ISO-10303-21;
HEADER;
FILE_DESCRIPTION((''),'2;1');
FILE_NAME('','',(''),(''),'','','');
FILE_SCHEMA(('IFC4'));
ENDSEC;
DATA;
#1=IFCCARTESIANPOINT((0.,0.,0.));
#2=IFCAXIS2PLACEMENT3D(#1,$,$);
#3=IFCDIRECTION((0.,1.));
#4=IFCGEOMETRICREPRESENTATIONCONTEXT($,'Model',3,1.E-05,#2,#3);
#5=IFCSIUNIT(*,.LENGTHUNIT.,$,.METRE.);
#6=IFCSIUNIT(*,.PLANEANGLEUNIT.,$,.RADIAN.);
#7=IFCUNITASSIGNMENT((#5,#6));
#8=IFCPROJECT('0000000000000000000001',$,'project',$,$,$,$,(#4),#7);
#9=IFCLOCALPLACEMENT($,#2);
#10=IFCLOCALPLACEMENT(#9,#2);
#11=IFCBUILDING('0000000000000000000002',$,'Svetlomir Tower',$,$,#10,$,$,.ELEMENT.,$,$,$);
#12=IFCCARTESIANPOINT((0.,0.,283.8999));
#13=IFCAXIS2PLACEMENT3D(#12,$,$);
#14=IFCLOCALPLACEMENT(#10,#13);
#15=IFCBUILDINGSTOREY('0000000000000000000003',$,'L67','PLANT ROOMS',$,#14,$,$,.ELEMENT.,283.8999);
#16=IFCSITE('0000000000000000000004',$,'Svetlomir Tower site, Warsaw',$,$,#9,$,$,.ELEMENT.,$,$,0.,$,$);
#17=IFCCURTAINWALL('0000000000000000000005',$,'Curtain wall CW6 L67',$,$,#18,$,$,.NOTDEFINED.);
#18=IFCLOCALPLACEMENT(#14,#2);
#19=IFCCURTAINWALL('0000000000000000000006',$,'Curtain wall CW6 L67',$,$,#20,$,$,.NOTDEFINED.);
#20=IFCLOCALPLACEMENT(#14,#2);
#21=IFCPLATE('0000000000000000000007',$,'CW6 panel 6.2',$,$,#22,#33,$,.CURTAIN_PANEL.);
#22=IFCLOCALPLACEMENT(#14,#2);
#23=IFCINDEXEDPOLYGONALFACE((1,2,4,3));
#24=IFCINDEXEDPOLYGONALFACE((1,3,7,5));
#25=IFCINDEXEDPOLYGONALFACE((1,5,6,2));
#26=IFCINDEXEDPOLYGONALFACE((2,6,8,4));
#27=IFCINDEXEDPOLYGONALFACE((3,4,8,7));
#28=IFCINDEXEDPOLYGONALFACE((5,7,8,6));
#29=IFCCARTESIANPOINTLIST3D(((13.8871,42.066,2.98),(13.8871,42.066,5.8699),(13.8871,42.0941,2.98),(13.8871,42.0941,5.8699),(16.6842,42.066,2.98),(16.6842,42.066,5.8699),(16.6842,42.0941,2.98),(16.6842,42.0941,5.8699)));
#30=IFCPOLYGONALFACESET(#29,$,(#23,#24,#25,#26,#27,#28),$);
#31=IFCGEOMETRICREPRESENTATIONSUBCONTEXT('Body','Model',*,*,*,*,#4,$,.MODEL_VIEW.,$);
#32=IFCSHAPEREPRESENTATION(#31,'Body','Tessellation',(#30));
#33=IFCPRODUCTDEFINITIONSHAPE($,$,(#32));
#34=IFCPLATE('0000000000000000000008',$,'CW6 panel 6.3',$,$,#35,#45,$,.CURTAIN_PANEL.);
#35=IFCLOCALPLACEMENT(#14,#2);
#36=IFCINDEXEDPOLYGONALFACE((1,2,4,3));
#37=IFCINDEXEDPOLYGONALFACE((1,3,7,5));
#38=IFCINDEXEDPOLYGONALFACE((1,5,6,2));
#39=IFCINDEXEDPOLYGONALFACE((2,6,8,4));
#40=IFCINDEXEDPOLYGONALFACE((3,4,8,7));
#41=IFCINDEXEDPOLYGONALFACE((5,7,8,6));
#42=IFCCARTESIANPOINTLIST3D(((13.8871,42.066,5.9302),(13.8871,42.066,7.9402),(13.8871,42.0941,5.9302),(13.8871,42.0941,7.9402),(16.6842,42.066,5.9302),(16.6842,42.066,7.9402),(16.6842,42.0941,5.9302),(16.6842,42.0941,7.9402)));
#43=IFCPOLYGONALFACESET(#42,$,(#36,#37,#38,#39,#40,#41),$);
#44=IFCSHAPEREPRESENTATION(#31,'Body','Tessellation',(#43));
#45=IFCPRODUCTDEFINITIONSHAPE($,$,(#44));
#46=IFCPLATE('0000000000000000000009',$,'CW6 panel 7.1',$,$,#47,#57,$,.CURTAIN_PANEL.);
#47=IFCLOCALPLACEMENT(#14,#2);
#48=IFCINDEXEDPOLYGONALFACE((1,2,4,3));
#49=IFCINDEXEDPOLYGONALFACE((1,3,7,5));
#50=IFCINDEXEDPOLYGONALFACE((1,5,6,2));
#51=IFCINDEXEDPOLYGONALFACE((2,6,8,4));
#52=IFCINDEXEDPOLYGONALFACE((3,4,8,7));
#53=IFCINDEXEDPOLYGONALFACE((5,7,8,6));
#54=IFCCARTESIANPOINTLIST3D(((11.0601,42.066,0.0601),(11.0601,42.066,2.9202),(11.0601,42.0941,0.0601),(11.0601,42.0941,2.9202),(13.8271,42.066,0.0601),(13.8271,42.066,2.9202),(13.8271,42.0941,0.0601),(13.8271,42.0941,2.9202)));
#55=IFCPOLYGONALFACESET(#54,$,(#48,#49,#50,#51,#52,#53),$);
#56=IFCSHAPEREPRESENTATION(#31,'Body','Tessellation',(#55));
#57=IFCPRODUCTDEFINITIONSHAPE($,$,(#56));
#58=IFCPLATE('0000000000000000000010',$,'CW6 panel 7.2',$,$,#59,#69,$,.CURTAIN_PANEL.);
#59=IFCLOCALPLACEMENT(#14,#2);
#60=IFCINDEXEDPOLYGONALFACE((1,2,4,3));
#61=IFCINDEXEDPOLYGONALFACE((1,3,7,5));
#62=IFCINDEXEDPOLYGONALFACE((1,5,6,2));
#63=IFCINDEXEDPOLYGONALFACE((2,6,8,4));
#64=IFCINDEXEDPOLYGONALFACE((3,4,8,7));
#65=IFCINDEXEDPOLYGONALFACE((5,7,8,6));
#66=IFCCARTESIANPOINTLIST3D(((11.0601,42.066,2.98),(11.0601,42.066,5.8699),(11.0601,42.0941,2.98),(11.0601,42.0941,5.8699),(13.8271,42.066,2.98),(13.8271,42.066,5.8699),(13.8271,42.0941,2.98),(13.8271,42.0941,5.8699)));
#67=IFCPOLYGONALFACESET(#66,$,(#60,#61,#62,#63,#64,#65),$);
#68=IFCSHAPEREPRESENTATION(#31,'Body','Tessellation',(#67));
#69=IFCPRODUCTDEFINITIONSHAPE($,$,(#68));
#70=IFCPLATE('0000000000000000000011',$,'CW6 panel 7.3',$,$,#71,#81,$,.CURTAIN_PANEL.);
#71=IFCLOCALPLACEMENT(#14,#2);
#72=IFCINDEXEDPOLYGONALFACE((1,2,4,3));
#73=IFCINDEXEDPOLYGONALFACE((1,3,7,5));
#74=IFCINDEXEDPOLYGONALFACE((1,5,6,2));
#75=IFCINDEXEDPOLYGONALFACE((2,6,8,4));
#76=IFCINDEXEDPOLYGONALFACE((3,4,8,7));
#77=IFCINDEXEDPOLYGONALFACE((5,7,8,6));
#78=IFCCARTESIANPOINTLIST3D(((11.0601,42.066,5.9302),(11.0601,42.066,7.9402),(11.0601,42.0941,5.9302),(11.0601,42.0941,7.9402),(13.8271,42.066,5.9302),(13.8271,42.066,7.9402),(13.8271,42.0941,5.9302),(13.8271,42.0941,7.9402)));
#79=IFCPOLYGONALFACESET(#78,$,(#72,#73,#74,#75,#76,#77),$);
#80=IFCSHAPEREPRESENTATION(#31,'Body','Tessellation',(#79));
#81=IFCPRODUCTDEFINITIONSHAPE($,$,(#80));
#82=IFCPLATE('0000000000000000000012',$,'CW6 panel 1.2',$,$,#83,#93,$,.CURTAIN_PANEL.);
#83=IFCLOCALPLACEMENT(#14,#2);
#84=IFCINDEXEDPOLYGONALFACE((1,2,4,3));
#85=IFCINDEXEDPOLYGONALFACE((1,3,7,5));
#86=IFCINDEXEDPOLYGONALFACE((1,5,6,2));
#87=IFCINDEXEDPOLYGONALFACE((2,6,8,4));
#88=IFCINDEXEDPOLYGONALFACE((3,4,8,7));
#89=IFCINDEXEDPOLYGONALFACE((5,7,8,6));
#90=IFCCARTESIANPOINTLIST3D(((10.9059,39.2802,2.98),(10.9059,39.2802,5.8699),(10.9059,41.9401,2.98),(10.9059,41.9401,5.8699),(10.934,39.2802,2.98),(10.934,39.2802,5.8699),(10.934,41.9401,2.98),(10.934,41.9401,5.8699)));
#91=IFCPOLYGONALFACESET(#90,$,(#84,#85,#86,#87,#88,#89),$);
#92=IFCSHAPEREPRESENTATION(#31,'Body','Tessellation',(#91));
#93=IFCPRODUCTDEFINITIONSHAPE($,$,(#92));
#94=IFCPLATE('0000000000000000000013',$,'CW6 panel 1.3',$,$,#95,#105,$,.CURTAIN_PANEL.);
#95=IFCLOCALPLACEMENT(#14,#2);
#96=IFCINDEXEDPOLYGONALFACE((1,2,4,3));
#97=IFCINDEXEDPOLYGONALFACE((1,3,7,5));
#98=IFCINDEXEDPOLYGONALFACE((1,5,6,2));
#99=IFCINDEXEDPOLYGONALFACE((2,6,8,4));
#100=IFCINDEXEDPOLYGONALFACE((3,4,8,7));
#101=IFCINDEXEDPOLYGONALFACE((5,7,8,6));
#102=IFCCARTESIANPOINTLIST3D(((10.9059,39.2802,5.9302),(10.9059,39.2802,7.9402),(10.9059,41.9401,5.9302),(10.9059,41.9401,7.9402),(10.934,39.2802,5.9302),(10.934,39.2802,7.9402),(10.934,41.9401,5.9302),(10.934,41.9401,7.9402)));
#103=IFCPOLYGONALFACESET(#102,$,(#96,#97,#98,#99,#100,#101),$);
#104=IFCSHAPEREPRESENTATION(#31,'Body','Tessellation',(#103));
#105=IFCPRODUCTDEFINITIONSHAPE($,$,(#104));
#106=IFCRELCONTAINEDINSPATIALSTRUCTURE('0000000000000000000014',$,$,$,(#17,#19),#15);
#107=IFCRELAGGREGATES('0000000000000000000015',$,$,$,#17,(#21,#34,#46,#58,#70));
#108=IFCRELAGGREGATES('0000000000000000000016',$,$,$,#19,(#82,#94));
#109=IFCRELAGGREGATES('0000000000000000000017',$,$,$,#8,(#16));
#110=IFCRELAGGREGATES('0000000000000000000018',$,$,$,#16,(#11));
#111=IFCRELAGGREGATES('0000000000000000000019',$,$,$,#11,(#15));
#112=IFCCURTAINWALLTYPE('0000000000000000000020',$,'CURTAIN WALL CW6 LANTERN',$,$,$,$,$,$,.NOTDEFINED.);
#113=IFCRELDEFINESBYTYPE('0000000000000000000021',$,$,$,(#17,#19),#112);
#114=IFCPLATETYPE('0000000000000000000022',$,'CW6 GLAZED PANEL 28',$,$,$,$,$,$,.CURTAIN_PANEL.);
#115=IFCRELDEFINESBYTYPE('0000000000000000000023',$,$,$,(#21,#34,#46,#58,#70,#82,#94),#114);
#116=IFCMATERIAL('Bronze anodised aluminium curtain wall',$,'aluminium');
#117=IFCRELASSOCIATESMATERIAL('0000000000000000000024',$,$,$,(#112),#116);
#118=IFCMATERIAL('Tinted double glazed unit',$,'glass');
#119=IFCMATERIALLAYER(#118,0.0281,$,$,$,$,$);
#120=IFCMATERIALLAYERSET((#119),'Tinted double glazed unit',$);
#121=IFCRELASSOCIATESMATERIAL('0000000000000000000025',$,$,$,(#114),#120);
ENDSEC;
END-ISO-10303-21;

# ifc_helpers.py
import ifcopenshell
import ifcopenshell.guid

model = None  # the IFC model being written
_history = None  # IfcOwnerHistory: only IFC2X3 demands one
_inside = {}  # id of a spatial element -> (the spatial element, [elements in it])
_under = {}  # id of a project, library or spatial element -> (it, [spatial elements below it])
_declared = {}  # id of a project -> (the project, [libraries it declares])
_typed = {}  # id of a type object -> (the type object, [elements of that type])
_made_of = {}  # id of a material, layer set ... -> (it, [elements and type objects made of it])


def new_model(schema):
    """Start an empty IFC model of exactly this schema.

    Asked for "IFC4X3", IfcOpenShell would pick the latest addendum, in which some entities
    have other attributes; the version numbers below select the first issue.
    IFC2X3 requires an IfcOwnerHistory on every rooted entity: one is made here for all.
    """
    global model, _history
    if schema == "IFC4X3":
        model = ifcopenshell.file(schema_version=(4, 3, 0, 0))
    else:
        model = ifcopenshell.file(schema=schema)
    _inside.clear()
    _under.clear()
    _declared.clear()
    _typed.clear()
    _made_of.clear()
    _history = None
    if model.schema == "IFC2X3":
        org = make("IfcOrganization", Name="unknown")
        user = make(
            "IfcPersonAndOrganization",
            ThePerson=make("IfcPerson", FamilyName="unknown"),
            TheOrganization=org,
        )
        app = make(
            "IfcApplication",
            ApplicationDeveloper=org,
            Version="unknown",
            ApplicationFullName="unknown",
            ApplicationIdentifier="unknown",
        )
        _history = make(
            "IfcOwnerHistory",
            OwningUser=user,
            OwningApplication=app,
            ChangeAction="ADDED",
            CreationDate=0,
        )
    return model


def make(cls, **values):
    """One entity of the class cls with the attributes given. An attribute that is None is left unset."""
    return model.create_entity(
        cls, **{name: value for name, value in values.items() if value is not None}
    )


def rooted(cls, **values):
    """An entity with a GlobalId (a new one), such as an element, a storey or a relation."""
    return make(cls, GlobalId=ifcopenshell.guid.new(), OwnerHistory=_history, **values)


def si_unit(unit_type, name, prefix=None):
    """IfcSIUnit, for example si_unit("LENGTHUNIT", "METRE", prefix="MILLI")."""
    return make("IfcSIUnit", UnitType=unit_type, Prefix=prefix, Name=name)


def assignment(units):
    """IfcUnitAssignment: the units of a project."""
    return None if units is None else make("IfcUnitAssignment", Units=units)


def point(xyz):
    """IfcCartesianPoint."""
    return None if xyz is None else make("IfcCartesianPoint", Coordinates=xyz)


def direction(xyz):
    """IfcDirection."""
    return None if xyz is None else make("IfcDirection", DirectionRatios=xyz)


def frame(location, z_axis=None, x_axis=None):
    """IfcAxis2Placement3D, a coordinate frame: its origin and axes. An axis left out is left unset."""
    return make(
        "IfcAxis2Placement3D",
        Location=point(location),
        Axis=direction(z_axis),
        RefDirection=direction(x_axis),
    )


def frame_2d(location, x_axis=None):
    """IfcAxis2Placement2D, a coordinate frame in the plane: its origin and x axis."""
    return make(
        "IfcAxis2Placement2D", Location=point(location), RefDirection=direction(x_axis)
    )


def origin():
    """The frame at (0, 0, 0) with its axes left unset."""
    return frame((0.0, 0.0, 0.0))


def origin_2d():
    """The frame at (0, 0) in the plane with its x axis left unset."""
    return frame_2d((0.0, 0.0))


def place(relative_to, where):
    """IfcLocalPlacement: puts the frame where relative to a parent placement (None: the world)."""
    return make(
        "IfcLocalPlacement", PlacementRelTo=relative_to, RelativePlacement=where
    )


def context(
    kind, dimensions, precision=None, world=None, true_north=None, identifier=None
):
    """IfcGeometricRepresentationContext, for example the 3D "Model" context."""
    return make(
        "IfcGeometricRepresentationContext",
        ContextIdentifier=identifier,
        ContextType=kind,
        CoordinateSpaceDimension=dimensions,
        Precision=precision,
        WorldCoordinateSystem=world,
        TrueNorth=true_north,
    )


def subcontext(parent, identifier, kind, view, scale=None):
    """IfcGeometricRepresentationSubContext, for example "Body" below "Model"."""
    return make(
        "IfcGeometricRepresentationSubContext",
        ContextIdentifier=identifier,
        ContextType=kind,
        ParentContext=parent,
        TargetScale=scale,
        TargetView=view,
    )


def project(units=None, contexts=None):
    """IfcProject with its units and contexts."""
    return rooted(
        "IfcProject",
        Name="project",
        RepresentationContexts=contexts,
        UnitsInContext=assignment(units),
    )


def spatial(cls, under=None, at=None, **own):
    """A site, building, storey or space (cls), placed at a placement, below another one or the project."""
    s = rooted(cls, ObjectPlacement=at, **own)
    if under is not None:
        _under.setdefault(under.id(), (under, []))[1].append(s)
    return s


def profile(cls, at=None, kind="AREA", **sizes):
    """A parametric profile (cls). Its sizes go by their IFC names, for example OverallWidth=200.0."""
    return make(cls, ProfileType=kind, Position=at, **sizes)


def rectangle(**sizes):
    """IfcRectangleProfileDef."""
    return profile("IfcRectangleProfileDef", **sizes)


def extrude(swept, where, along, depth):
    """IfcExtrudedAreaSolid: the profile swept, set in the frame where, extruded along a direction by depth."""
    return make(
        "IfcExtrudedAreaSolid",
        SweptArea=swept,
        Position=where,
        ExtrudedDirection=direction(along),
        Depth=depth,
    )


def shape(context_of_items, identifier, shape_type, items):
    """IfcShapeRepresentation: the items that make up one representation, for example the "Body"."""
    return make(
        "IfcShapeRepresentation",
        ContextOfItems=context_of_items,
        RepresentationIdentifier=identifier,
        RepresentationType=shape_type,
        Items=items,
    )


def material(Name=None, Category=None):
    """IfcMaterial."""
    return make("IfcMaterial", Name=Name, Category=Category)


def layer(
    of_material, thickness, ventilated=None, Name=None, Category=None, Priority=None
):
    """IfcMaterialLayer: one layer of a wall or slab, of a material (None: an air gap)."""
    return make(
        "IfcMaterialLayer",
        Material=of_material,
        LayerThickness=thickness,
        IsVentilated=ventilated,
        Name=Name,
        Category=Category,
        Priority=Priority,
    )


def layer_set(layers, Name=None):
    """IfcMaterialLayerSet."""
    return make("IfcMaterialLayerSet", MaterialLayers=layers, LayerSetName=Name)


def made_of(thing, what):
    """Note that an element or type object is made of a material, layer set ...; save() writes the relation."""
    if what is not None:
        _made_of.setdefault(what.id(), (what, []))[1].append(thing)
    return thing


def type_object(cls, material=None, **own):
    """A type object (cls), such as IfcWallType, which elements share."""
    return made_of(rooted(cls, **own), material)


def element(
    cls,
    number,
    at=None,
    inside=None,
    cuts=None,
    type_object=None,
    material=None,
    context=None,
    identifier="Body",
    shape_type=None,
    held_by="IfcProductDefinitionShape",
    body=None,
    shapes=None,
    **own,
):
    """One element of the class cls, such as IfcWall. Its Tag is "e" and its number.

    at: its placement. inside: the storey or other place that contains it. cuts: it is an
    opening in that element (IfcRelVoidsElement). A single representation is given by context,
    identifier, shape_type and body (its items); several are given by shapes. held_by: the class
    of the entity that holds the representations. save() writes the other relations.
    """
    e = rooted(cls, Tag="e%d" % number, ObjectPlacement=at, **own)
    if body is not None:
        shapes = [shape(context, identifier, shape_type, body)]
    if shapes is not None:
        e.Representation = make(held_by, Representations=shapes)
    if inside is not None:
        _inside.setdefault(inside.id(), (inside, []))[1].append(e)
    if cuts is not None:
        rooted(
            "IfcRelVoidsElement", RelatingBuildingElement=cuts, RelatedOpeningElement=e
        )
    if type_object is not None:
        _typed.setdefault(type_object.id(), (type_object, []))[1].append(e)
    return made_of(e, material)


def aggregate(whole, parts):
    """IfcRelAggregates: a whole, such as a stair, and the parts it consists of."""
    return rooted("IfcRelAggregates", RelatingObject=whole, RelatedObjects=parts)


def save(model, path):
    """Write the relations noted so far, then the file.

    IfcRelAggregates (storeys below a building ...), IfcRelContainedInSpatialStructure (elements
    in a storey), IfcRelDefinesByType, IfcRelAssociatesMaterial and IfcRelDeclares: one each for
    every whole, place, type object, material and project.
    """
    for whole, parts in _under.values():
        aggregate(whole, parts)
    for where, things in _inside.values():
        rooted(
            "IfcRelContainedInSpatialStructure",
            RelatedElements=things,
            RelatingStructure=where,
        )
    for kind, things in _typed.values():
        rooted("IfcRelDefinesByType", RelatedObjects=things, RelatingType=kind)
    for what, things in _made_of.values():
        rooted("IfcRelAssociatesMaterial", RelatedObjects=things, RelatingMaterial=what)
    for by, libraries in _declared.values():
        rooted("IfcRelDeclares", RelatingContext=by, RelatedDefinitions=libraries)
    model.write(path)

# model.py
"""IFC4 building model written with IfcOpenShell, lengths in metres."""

from ifc_helpers import new_model, si_unit, direction, frame, origin, origin_2d, place, context, subcontext, project, spatial, rectangle, extrude, material, layer, layer_set, type_object, element, aggregate, save


model = new_model("IFC4")

# Units and contexts
model_context = context("Model", 3, precision=1e-05, world=origin(), true_north=direction((0.0, 1.0)))
body_context = subcontext(model_context, "Body", "Model", "MODEL_VIEW")
ifc_project = project(units=[si_unit("LENGTHUNIT", "METRE"), si_unit("PLANEANGLEUNIT", "RADIAN")], contexts=[model_context])

# Site, building, storey
site_placement = place(None, origin())
site = spatial("IfcSite", under=ifc_project, at=site_placement, Name="Svetlomir Tower site, Warsaw", CompositionType="ELEMENT", RefElevation=0.0)
building_placement = place(site_placement, origin())
building = spatial("IfcBuilding", under=site, at=building_placement, Name="Svetlomir Tower", CompositionType="ELEMENT")
storey_placement = place(building_placement, frame((0.0, 0.0, 283.8999)))
storey = spatial("IfcBuildingStorey", under=building, at=storey_placement, Name="L67", Description="PLANT ROOMS", CompositionType="ELEMENT", Elevation=283.8999)

# Curtain wall
ifc_material_1 = material(Name="Bronze anodised aluminium curtain wall", Category="aluminium")
curtain_wall_type = type_object("IfcCurtainWallType", Name="CURTAIN WALL CW6 LANTERN", PredefinedType="NOTDEFINED", material=ifc_material_1)
curtain_wall_1_placement = place(storey_placement, origin())
curtain_wall_1 = element("IfcCurtainWall", 1, at=curtain_wall_1_placement, inside=storey, type_object=curtain_wall_type, Name="Curtain wall CW6 L67", PredefinedType="NOTDEFINED")

# Curtain wall
curtain_wall_2_placement = place(storey_placement, origin())
curtain_wall_2 = element("IfcCurtainWall", 2, at=curtain_wall_2_placement, inside=storey, type_object=curtain_wall_type, Name="Curtain wall CW6 L67", PredefinedType="NOTDEFINED")

# Plates
ifc_material_2 = material(Name="Tinted double glazed unit", Category="glass")
ifc_layer = layer(ifc_material_2, 0.0281)
ifc_layer_set = layer_set([ifc_layer], Name="Tinted double glazed unit")
plate_type = type_object("IfcPlateType", Name="CW6 GLAZED PANEL 28", PredefinedType="CURTAIN_PANEL", material=ifc_layer_set)
plate_1_placement = place(storey_placement, frame((15.2856, 42.0801, 2.98), z_axis=(0.0, 0.0, 1.0), x_axis=(-1.0, 0.0, 0.0)))
plate_1 = element("IfcPlate", 3, at=plate_1_placement, type_object=plate_type, Name="CW6 panel 6.2", PredefinedType="CURTAIN_PANEL", context=body_context, shape_type="SweptSolid", body=[
    extrude(rectangle(XDim=2.7971, YDim=0.0281, at=origin_2d()), origin(), (0.0, 0.0, 1.0), 2.8899),
])
plate_2_placement = place(storey_placement, frame((15.2856, 42.0801, 5.9302), z_axis=(0.0, 0.0, 1.0), x_axis=(-1.0, 0.0, 0.0)))
plate_2 = element("IfcPlate", 4, at=plate_2_placement, type_object=plate_type, Name="CW6 panel 6.3", PredefinedType="CURTAIN_PANEL", context=body_context, shape_type="SweptSolid", body=[
    extrude(rectangle(XDim=2.7971, YDim=0.0281, at=origin_2d()), origin(), (0.0, 0.0, 1.0), 2.01),
])
plate_3_placement = place(storey_placement, frame((12.4436, 42.0801, 0.0601), z_axis=(0.0, 0.0, 1.0), x_axis=(-1.0, 0.0, 0.0)))
plate_3 = element("IfcPlate", 5, at=plate_3_placement, type_object=plate_type, Name="CW6 panel 7.1", PredefinedType="CURTAIN_PANEL", context=body_context, shape_type="SweptSolid", body=[
    extrude(rectangle(XDim=2.7671, YDim=0.0281, at=origin_2d()), origin(), (0.0, 0.0, 1.0), 2.8601),
])
plate_4_placement = place(storey_placement, frame((12.4436, 42.0801, 2.98), z_axis=(0.0, 0.0, 1.0), x_axis=(-1.0, 0.0, 0.0)))
plate_4 = element("IfcPlate", 6, at=plate_4_placement, type_object=plate_type, Name="CW6 panel 7.2", PredefinedType="CURTAIN_PANEL", context=body_context, shape_type="SweptSolid", body=[
    extrude(rectangle(XDim=2.7671, YDim=0.0281, at=origin_2d()), origin(), (0.0, 0.0, 1.0), 2.8899),
])
plate_5_placement = place(storey_placement, frame((12.4436, 42.0801, 5.9302), z_axis=(0.0, 0.0, 1.0), x_axis=(-1.0, 0.0, 0.0)))
plate_5 = element("IfcPlate", 7, at=plate_5_placement, type_object=plate_type, Name="CW6 panel 7.3", PredefinedType="CURTAIN_PANEL", context=body_context, shape_type="SweptSolid", body=[
    extrude(rectangle(XDim=2.7671, YDim=0.0281, at=origin_2d()), origin(), (0.0, 0.0, 1.0), 2.01),
])
aggregate(curtain_wall_1, [plate_1, plate_2, plate_3, plate_4, plate_5])
plate_6_placement = place(storey_placement, frame((10.9199, 40.6101, 2.98), z_axis=(0.0, 0.0, 1.0), x_axis=(0.0, -1.0, 0.0)))
plate_6 = element("IfcPlate", 8, at=plate_6_placement, type_object=plate_type, Name="CW6 panel 1.2", PredefinedType="CURTAIN_PANEL", context=body_context, shape_type="SweptSolid", body=[
    extrude(rectangle(XDim=2.6599, YDim=0.0281, at=origin_2d()), origin(), (0.0, 0.0, 1.0), 2.8899),
])
plate_7_placement = place(storey_placement, frame((10.9199, 40.6101, 5.9302), z_axis=(0.0, 0.0, 1.0), x_axis=(0.0, -1.0, 0.0)))
plate_7 = element("IfcPlate", 9, at=plate_7_placement, type_object=plate_type, Name="CW6 panel 1.3", PredefinedType="CURTAIN_PANEL", context=body_context, shape_type="SweptSolid", body=[
    extrude(rectangle(XDim=2.6599, YDim=0.0281, at=origin_2d()), origin(), (0.0, 0.0, 1.0), 2.01),
])
aggregate(curtain_wall_2, [plate_6, plate_7])

save(model, "model.ifc")
